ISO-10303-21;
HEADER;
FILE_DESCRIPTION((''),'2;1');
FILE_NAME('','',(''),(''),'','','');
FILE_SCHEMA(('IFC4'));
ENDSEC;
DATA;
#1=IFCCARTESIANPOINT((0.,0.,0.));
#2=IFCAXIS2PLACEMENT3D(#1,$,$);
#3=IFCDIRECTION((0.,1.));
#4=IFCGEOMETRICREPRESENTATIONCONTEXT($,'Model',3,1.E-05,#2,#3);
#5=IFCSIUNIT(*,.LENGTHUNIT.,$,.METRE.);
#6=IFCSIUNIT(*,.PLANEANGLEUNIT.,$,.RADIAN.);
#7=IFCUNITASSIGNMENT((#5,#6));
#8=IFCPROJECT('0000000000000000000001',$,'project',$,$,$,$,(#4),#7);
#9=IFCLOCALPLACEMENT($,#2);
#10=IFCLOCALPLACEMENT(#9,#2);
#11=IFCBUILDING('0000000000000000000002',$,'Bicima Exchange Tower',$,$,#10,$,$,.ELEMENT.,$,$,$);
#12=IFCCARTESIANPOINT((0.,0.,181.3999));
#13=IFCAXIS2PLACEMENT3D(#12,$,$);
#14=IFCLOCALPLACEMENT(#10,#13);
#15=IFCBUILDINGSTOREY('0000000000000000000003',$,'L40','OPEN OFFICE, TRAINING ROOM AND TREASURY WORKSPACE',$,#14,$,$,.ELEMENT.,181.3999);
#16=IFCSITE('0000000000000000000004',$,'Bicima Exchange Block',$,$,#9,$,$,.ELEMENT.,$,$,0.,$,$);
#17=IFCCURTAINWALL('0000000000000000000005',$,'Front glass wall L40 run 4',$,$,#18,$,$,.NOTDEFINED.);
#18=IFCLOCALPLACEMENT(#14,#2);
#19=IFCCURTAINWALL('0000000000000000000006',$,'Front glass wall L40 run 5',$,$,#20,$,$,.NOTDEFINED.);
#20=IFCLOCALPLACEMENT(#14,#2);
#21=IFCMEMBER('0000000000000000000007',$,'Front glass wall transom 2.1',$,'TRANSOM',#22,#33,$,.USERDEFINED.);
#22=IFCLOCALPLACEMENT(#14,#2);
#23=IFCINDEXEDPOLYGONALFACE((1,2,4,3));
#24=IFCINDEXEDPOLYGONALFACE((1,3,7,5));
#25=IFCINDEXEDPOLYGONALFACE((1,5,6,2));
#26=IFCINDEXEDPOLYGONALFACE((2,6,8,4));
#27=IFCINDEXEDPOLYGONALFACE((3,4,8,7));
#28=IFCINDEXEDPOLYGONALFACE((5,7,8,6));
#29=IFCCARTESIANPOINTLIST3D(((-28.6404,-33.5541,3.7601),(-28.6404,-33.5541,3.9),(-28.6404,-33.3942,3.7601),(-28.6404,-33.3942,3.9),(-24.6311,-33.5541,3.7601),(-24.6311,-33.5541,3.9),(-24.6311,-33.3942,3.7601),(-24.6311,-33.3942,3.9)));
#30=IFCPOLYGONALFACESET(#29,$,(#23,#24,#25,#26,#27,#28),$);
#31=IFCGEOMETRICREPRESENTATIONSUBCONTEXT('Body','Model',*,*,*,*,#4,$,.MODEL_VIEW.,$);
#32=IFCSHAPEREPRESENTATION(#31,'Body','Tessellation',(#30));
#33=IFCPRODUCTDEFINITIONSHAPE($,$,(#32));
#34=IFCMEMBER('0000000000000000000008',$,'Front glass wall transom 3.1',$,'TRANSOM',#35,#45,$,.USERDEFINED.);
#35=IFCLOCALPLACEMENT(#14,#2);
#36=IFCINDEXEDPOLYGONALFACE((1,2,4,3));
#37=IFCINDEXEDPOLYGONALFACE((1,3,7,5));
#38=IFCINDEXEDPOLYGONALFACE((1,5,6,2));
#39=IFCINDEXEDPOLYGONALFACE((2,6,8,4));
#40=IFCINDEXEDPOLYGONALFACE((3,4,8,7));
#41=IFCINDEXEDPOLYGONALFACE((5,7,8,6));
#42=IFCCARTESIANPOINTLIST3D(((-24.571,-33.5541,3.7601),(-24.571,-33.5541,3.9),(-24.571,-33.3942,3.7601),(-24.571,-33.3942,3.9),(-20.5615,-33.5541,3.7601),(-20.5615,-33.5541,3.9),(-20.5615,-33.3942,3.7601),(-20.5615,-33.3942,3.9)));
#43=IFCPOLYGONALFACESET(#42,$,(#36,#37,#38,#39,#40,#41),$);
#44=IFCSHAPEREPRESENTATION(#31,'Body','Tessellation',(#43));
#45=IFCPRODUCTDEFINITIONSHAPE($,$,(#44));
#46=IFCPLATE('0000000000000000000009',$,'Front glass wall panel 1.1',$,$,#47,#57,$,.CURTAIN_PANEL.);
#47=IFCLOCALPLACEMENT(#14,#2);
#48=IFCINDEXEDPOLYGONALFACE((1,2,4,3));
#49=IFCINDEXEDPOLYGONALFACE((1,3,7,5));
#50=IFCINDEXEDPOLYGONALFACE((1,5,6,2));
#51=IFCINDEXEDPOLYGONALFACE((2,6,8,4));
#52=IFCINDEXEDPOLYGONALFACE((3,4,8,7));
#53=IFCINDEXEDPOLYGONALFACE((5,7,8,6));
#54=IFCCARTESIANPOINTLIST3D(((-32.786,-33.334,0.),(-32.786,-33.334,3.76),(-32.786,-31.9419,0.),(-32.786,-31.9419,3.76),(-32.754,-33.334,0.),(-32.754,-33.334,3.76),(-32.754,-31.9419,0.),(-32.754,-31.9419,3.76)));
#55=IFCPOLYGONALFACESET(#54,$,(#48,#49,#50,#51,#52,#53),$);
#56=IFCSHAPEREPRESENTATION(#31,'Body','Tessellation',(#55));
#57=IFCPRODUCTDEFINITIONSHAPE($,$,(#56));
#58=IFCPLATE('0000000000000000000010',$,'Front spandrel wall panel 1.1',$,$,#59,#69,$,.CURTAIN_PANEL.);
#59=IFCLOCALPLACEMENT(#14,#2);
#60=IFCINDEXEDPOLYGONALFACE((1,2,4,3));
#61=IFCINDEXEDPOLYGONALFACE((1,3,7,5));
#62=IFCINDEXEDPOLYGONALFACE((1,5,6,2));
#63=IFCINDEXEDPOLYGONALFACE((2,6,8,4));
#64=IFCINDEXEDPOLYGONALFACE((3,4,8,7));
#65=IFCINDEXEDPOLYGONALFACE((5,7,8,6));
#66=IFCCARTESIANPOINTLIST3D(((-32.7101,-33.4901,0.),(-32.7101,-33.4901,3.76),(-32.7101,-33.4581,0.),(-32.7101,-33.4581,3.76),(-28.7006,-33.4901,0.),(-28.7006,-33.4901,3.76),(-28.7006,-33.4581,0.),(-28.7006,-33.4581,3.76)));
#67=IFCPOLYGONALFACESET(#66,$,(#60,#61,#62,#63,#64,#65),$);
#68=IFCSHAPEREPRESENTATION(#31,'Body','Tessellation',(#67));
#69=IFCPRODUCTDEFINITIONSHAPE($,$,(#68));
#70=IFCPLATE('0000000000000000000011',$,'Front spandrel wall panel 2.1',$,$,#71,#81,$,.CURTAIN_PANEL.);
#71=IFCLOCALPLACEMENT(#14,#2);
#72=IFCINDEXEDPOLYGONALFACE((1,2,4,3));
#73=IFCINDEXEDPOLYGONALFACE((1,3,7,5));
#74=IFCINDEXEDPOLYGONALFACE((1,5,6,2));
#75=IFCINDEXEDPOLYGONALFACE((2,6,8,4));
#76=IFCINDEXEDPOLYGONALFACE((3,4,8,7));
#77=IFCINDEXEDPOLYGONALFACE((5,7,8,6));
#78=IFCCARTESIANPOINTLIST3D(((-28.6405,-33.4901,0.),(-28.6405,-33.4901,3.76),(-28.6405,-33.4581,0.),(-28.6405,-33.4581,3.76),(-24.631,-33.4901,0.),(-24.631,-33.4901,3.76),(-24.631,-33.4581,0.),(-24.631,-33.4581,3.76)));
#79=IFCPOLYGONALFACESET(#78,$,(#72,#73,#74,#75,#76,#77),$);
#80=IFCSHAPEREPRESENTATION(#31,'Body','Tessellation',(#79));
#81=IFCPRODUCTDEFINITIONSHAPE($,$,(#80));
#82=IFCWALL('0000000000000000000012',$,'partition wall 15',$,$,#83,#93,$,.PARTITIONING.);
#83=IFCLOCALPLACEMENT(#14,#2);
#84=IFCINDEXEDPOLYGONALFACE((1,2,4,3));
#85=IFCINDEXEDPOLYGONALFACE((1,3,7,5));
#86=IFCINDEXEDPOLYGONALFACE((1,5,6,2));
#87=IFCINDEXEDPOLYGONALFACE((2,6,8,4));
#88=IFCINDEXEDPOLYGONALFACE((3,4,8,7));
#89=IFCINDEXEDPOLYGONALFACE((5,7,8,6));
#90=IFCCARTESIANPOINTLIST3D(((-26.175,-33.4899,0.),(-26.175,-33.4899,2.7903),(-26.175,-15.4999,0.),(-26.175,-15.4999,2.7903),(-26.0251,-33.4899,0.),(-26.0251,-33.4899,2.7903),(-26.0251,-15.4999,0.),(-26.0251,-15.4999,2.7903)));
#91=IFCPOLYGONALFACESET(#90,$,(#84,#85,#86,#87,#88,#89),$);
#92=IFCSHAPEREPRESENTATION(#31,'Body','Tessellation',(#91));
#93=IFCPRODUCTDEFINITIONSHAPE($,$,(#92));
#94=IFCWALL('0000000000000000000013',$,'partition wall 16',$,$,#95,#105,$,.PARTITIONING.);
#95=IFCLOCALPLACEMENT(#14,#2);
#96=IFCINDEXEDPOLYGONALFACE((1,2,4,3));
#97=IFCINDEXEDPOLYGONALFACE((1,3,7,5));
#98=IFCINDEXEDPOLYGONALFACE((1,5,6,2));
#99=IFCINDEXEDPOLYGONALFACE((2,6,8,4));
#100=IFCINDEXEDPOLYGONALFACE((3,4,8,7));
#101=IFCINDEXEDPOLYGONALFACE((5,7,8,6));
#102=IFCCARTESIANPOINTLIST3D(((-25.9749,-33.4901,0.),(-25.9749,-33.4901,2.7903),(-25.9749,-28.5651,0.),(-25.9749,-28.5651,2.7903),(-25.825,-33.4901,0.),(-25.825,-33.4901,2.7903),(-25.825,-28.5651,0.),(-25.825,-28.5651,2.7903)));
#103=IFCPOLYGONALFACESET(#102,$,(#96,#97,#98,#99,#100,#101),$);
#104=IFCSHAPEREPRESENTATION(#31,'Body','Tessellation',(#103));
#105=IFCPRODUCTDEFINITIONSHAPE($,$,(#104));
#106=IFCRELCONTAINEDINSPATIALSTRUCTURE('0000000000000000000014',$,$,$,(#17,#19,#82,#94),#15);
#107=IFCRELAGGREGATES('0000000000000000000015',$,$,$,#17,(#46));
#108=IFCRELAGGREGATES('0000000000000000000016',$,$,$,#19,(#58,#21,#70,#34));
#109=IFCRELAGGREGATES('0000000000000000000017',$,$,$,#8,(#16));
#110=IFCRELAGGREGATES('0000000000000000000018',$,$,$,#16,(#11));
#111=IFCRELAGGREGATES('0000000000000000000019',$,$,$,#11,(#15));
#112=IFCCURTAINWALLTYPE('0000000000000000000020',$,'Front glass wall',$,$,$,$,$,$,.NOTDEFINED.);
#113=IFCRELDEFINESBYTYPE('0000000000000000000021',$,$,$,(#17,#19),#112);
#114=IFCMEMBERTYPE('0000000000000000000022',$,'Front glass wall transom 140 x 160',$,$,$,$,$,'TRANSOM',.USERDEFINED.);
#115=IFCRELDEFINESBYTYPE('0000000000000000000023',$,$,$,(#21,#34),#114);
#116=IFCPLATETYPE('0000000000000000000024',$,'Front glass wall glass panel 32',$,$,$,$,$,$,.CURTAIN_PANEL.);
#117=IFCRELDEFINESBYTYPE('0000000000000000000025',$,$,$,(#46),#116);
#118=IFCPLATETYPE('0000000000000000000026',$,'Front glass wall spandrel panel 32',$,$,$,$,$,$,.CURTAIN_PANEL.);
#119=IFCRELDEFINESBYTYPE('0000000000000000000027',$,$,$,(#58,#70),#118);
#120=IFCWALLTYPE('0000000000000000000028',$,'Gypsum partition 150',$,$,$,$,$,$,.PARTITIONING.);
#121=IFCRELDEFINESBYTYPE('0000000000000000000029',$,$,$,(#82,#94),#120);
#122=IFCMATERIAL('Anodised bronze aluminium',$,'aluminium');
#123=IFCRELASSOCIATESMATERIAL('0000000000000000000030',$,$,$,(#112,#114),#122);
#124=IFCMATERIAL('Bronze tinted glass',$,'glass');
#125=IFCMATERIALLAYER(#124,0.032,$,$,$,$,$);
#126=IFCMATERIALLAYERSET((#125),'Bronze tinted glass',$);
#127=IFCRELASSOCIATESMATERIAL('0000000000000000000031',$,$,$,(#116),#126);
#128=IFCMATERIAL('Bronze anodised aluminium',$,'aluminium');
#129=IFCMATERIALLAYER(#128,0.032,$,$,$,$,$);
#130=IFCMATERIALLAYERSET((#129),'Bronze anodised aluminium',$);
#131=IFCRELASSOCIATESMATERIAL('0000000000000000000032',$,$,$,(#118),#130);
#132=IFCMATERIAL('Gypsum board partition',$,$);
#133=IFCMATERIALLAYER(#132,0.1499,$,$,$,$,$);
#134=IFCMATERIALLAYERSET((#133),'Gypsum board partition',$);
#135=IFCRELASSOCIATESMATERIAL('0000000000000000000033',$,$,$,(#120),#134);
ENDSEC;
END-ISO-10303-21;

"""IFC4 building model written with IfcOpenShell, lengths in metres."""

from ifc_helpers import new_model, si_unit, direction, frame, frame_2d, origin, origin_2d, place, context, subcontext, project, spatial, rectangle, extrude, material, layer, layer_set, material_profile, profile_set, type_object, element, aggregate, save


model = new_model("IFC4")

# Units and contexts
model_context = context("Model", 3, precision=1e-05, world=origin(), true_north=direction((0.0, 1.0)))
body_context = subcontext(model_context, "Body", "Model", "MODEL_VIEW")
ifc_project = project(units=[si_unit("LENGTHUNIT", "METRE"), si_unit("PLANEANGLEUNIT", "RADIAN")], contexts=[model_context])

# Site, building, storey
site_placement = place(None, origin())
site = spatial("IfcSite", under=ifc_project, at=site_placement, Name="Bicima Exchange Block", CompositionType="ELEMENT", RefElevation=0.0)
building_placement = place(site_placement, origin())
building = spatial("IfcBuilding", under=site, at=building_placement, Name="Bicima Exchange Tower", CompositionType="ELEMENT")
storey_placement = place(building_placement, frame((0.0, 0.0, 181.3999)))
storey = spatial("IfcBuildingStorey", under=building, at=storey_placement, Name="L40", Description="OPEN OFFICE, TRAINING ROOM AND TREASURY WORKSPACE", CompositionType="ELEMENT", Elevation=181.3999)

# Curtain walls
ifc_material_1 = material(Name="Anodised bronze aluminium", Category="aluminium")
curtain_wall_type = type_object("IfcCurtainWallType", Name="Front glass wall", PredefinedType="NOTDEFINED", material=ifc_material_1)
curtain_wall_1_placement = place(storey_placement, origin())
curtain_wall_1 = element("IfcCurtainWall", 1, at=curtain_wall_1_placement, inside=storey, type_object=curtain_wall_type, Name="Front glass wall L40 run 4", PredefinedType="NOTDEFINED")
curtain_wall_2_placement = place(storey_placement, origin())
curtain_wall_2 = element("IfcCurtainWall", 2, at=curtain_wall_2_placement, inside=storey, type_object=curtain_wall_type, Name="Front glass wall L40 run 5", PredefinedType="NOTDEFINED")

# Members
ifc_material_profile_1 = material_profile(ifc_material_1, rectangle(XDim=0.1599, YDim=0.1399, at=origin_2d()))
ifc_profile_set_1 = profile_set([ifc_material_profile_1], Name="Anodised bronze aluminium")
member_type_1 = type_object("IfcMemberType", Name="Front glass wall transom 140 x 160", ElementType="TRANSOM", PredefinedType="USERDEFINED", material=ifc_profile_set_1)
member_1_placement = place(storey_placement, frame((-28.6404, -33.4741, 3.8301), z_axis=(1.0, 0.0, 0.0), x_axis=(0.0, 1.0, 0.0)))
member_1 = element("IfcMember", 3, at=member_1_placement, type_object=member_type_1, Name="Front glass wall transom 2.1", ObjectType="TRANSOM", PredefinedType="USERDEFINED", context=body_context, shape_type="SweptSolid", body=[
    extrude(rectangle(XDim=0.1599, YDim=0.1399, at=origin_2d()), origin(), (0.0, 0.0, 1.0), 4.0093),
])
member_2_placement = place(storey_placement, frame((-24.571, -33.4741, 3.8301), z_axis=(1.0, 0.0, 0.0), x_axis=(0.0, 1.0, 0.0)))
member_2 = element("IfcMember", 4, at=member_2_placement, type_object=member_type_1, Name="Front glass wall transom 3.1", ObjectType="TRANSOM", PredefinedType="USERDEFINED", context=body_context, shape_type="SweptSolid", body=[
    extrude(rectangle(XDim=0.1599, YDim=0.1399, at=origin_2d()), origin(), (0.0, 0.0, 1.0), 4.0095),
])

# Plates
ifc_material_2 = material(Name="Bronze tinted glass", Category="glass")
ifc_layer_1 = layer(ifc_material_2, 0.032)
ifc_layer_set_1 = layer_set([ifc_layer_1], Name="Bronze tinted glass")
plate_type_1 = type_object("IfcPlateType", Name="Front glass wall glass panel 32", PredefinedType="CURTAIN_PANEL", material=ifc_layer_set_1)
plate_1_placement = place(storey_placement, frame((-32.77, -32.6379, 0.0), z_axis=(0.0, 0.0, 1.0), x_axis=(0.0, -1.0, 0.0)))
plate_1 = element("IfcPlate", 5, at=plate_1_placement, type_object=plate_type_1, Name="Front glass wall panel 1.1", PredefinedType="CURTAIN_PANEL", context=body_context, shape_type="SweptSolid", body=[
    extrude(rectangle(XDim=1.3921, YDim=0.032, at=origin_2d()), origin(), (0.0, 0.0, 1.0), 3.76),
])
aggregate(curtain_wall_1, [plate_1])
ifc_material_3 = material(Name="Bronze anodised aluminium", Category="aluminium")
ifc_layer_2 = layer(ifc_material_3, 0.032)
ifc_layer_set_2 = layer_set([ifc_layer_2], Name="Bronze anodised aluminium")
plate_type_2 = type_object("IfcPlateType", Name="Front glass wall spandrel panel 32", PredefinedType="CURTAIN_PANEL", material=ifc_layer_set_2)
plate_2_placement = place(storey_placement, frame((-30.7053, -33.4741, 0.0), z_axis=(0.0, 0.0, 1.0), x_axis=(1.0, 0.0, 0.0)))
plate_2 = element("IfcPlate", 6, at=plate_2_placement, type_object=plate_type_2, Name="Front spandrel wall panel 1.1", PredefinedType="CURTAIN_PANEL", context=body_context, shape_type="SweptSolid", body=[
    extrude(rectangle(XDim=4.0095, YDim=0.032, at=origin_2d()), origin(), (0.0, 0.0, 1.0), 3.76),
])
plate_3_placement = place(storey_placement, frame((-26.6357, -33.4741, 0.0), z_axis=(0.0, 0.0, 1.0), x_axis=(1.0, 0.0, 0.0)))
plate_3 = element("IfcPlate", 7, at=plate_3_placement, type_object=plate_type_2, Name="Front spandrel wall panel 2.1", PredefinedType="CURTAIN_PANEL", context=body_context, shape_type="SweptSolid", body=[
    extrude(rectangle(XDim=4.0095, YDim=0.032, at=origin_2d()), origin(), (0.0, 0.0, 1.0), 3.76),
])
aggregate(curtain_wall_2, [plate_2, member_1, plate_3, member_2])

# Walls
ifc_material_4 = material(Name="Gypsum board partition")
ifc_layer_3 = layer(ifc_material_4, 0.1499)
ifc_layer_set_3 = layer_set([ifc_layer_3], Name="Gypsum board partition")
wall_type = type_object("IfcWallType", Name="Gypsum partition 150", PredefinedType="PARTITIONING", material=ifc_layer_set_3)
wall_1_placement = place(storey_placement, frame((-26.1001, -33.49, 0.0), z_axis=(0.0, 0.0, 1.0), x_axis=(0.0, 1.0, 0.0)))
element("IfcWall", 8, at=wall_1_placement, inside=storey, type_object=wall_type, Name="partition wall 15", PredefinedType="PARTITIONING", context=body_context, shape_type="SweptSolid", body=[
    extrude(rectangle(XDim=17.99, YDim=0.1499, at=frame_2d((8.9951, 0.0))), origin(), (0.0, 0.0, 1.0), 2.7903),
])
wall_2_placement = place(storey_placement, frame((-25.8999, -33.49, 0.0), z_axis=(0.0, 0.0, 1.0), x_axis=(0.0, 1.0, 0.0)))
element("IfcWall", 9, at=wall_2_placement, inside=storey, type_object=wall_type, Name="partition wall 16", PredefinedType="PARTITIONING", context=body_context, shape_type="SweptSolid", body=[
    extrude(rectangle(XDim=4.925, YDim=0.1499, at=frame_2d((2.4624, 0.0))), origin(), (0.0, 0.0, 1.0), 2.7903),
])

save(model, "model.ifc")
